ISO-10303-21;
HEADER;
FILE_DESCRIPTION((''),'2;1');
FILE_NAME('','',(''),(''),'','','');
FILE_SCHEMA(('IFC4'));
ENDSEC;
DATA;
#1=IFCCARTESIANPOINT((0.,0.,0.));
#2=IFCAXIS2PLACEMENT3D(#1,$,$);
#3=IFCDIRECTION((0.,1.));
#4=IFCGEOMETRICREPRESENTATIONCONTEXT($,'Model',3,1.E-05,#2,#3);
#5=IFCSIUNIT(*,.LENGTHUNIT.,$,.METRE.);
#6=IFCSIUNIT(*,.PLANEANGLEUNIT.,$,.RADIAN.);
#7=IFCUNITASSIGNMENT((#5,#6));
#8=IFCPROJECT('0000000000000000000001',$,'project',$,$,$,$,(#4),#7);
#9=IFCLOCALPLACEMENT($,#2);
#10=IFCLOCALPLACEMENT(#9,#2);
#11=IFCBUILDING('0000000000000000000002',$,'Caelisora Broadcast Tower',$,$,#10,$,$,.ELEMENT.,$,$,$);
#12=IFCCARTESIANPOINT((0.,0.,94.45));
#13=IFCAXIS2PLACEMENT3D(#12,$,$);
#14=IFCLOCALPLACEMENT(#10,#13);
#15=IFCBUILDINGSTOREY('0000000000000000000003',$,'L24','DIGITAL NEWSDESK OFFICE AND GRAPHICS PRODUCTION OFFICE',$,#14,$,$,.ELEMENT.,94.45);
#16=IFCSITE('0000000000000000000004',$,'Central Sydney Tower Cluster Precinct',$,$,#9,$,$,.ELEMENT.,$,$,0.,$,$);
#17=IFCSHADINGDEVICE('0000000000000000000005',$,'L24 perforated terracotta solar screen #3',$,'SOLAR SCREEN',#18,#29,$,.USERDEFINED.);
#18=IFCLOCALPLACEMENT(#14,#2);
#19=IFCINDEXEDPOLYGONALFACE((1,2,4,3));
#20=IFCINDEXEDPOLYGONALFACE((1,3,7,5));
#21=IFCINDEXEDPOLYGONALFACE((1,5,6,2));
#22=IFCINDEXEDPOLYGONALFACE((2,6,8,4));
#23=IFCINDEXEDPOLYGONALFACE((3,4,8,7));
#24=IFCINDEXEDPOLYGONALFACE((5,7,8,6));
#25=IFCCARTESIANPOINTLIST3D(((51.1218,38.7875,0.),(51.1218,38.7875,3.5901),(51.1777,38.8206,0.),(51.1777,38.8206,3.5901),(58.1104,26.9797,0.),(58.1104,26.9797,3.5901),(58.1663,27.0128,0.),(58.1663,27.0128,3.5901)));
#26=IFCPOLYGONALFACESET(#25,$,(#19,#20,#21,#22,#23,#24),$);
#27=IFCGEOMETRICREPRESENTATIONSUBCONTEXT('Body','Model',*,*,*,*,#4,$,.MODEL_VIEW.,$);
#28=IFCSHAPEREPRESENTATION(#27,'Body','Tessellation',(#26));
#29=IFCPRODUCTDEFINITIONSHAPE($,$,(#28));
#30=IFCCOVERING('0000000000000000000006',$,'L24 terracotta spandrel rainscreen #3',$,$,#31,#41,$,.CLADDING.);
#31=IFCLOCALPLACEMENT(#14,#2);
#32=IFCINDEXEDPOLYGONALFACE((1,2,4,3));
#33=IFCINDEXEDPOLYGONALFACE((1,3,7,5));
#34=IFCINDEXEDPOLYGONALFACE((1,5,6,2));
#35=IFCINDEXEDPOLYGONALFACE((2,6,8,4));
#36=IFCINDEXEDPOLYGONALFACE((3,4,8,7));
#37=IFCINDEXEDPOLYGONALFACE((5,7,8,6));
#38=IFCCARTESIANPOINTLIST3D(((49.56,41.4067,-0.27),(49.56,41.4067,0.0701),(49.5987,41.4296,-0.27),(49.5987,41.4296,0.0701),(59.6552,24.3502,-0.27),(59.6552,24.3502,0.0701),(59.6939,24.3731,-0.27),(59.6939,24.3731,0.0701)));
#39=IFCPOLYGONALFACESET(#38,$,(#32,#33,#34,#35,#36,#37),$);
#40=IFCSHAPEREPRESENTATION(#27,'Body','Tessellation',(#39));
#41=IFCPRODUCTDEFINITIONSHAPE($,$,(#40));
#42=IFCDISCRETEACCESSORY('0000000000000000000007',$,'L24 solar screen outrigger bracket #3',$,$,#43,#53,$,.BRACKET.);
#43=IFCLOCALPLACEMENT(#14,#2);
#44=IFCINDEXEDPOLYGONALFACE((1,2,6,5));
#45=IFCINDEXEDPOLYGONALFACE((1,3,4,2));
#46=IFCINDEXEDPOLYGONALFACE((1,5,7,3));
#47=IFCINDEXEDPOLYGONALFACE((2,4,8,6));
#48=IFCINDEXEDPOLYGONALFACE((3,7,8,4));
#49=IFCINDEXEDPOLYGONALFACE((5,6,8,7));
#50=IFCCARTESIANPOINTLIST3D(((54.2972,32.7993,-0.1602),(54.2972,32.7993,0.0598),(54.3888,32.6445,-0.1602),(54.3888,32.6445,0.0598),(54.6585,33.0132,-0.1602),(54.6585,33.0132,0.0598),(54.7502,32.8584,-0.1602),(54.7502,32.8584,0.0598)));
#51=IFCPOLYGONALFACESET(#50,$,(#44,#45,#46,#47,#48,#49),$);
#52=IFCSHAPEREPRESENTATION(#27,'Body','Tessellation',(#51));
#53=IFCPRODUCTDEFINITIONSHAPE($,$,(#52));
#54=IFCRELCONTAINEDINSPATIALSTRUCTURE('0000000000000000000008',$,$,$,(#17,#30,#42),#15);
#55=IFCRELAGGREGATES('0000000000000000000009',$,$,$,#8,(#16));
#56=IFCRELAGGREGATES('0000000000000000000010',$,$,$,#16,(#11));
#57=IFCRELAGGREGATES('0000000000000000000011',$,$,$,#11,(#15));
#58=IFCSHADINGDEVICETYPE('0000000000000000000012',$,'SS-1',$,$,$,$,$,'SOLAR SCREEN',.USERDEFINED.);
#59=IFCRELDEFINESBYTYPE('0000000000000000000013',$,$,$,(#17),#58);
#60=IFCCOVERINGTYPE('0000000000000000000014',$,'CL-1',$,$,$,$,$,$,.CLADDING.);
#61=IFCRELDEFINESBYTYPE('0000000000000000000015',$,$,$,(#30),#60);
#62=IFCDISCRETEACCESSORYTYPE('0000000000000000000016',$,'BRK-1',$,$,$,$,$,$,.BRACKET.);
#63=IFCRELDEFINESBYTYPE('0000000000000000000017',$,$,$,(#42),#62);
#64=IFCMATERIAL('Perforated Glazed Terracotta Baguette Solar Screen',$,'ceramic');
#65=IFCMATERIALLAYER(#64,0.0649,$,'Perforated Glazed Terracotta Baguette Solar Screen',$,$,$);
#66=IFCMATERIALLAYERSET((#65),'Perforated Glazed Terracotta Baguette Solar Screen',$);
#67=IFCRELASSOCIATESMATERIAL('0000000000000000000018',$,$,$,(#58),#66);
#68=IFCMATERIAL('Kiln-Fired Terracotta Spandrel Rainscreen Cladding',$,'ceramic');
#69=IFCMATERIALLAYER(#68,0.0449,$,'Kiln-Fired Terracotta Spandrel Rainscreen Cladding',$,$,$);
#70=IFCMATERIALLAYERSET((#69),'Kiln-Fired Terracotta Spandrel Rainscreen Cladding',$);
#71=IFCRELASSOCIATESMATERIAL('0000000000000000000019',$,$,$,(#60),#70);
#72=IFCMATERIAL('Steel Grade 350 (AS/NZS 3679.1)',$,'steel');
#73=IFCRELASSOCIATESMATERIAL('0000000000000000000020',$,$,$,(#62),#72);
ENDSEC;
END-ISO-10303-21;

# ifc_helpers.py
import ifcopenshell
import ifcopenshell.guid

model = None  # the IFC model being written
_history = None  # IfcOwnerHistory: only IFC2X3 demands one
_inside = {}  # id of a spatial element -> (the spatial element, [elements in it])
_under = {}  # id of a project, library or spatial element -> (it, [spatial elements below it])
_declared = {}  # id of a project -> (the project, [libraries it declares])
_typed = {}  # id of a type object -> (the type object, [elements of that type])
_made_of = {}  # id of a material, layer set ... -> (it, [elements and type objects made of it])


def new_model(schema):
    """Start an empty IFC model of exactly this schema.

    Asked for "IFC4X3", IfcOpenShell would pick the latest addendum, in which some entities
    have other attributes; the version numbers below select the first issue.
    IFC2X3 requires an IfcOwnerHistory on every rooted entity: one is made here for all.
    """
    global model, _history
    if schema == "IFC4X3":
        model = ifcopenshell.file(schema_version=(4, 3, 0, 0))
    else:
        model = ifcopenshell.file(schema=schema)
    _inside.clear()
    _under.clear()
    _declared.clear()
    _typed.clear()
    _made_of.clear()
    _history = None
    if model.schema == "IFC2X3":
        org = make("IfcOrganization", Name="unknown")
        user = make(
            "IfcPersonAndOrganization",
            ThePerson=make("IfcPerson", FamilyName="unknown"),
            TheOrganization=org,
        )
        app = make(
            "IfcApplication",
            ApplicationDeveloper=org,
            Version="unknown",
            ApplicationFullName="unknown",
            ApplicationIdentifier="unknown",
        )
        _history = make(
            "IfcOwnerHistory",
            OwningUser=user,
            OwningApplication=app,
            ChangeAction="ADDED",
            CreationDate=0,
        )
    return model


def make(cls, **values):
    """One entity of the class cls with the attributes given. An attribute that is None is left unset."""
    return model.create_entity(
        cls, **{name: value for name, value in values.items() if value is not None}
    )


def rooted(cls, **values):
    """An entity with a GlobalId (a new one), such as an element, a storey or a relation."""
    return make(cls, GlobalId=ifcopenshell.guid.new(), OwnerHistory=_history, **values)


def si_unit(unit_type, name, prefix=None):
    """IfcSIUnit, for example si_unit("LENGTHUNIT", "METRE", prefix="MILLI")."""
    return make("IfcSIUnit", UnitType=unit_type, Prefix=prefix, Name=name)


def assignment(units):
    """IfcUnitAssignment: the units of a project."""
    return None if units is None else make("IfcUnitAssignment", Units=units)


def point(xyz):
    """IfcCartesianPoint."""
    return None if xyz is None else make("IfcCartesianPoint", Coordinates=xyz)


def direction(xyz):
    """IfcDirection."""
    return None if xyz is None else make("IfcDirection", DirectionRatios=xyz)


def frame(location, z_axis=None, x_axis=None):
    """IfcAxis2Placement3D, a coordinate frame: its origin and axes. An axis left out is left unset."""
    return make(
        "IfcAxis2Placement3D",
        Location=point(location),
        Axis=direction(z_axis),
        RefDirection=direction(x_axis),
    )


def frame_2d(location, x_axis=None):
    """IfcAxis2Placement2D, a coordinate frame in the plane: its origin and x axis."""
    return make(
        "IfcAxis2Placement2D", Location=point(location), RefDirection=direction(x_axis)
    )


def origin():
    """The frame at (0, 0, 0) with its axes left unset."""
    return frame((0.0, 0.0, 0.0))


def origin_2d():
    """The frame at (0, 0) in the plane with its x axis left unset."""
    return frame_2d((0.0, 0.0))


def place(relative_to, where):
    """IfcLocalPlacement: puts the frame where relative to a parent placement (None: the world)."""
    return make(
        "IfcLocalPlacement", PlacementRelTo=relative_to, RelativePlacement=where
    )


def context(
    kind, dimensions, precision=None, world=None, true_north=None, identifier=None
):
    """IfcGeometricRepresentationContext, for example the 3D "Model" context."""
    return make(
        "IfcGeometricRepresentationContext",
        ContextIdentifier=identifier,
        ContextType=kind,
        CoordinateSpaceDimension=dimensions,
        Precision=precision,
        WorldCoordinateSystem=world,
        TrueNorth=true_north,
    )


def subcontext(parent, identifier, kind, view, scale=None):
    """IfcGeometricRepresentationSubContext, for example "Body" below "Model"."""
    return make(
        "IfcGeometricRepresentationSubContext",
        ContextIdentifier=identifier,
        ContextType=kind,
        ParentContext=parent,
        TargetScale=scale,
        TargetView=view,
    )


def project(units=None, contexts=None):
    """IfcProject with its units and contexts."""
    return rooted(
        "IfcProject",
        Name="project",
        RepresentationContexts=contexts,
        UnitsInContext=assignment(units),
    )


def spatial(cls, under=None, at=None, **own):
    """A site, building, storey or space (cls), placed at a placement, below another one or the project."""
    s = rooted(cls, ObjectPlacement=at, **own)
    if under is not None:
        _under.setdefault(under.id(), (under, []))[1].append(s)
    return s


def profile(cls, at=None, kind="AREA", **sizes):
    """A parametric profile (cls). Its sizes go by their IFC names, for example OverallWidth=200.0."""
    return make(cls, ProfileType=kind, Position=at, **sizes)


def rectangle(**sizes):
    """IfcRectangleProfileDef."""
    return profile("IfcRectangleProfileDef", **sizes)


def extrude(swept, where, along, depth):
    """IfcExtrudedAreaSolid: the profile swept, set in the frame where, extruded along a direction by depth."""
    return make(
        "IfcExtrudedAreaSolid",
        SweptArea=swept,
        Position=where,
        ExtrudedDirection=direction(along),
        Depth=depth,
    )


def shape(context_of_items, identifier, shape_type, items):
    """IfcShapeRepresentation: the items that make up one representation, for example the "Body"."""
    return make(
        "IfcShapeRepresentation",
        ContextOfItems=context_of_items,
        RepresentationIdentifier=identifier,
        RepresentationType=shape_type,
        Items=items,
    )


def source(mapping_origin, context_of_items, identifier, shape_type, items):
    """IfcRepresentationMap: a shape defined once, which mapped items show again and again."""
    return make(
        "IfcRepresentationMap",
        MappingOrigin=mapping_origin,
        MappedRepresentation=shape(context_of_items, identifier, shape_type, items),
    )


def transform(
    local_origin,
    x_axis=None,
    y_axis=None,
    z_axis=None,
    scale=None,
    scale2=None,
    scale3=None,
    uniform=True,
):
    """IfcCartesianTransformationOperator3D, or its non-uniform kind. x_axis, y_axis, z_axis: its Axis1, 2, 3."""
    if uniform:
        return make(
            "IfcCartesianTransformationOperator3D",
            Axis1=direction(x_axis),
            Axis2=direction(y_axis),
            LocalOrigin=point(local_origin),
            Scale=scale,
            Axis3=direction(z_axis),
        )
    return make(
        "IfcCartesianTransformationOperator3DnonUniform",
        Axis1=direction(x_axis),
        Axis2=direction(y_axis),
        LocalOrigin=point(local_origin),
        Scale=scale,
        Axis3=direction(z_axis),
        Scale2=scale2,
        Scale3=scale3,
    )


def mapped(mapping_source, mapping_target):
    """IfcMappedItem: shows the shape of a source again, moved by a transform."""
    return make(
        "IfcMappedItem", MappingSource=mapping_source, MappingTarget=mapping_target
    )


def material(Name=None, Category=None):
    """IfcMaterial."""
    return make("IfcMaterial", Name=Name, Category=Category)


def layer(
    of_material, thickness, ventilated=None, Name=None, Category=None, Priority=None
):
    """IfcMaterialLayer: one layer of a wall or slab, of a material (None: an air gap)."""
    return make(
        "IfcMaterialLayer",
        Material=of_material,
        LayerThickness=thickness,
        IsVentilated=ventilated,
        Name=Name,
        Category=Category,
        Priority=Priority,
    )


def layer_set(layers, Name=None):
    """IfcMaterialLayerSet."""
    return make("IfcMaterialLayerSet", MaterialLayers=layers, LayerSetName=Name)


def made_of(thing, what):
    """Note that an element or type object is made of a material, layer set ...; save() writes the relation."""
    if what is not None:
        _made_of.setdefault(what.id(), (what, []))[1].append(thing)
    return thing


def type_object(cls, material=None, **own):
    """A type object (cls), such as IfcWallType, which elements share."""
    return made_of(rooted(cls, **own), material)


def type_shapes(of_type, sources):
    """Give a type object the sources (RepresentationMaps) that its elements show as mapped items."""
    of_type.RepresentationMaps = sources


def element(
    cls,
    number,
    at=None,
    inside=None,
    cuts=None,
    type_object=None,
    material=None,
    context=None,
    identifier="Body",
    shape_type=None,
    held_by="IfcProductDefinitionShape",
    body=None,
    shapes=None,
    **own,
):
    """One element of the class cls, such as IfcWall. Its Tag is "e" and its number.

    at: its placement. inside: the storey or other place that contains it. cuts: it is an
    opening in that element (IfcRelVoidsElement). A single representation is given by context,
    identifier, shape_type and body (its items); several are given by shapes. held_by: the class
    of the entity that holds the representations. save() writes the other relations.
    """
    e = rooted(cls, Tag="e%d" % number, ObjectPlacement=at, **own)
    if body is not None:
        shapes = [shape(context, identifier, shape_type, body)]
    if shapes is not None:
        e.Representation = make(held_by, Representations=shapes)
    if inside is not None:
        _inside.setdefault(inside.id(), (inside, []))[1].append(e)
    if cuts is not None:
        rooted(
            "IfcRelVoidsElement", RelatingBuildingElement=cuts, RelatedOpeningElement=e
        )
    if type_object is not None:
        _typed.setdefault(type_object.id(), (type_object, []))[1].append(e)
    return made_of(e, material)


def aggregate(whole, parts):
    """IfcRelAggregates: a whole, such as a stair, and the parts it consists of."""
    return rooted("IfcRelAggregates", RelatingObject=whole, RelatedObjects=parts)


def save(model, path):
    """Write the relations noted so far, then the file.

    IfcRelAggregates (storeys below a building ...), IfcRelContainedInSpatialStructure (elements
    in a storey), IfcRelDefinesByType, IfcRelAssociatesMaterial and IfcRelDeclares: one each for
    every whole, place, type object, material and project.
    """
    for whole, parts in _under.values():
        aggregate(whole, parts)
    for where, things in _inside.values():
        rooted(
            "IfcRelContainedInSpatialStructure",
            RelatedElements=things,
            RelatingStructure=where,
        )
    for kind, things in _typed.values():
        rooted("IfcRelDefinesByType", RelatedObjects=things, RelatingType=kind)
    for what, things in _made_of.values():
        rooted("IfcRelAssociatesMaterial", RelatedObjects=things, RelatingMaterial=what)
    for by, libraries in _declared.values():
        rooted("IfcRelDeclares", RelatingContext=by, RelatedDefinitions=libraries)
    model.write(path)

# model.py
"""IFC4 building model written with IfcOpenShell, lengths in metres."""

from ifc_helpers import new_model, si_unit, direction, frame, origin, origin_2d, place, context, subcontext, project, spatial, rectangle, extrude, source, transform, mapped, material, layer, layer_set, type_object, type_shapes, element, save


model = new_model("IFC4")

# Units and contexts
model_context = context("Model", 3, precision=1e-05, world=origin(), true_north=direction((0.0, 1.0)))
body_context = subcontext(model_context, "Body", "Model", "MODEL_VIEW")
ifc_project = project(units=[si_unit("LENGTHUNIT", "METRE"), si_unit("PLANEANGLEUNIT", "RADIAN")], contexts=[model_context])

# Site, building, storey
site_placement = place(None, origin())
site = spatial("IfcSite", under=ifc_project, at=site_placement, Name="Central Sydney Tower Cluster Precinct", CompositionType="ELEMENT", RefElevation=0.0)
building_placement = place(site_placement, origin())
building = spatial("IfcBuilding", under=site, at=building_placement, Name="Caelisora Broadcast Tower", CompositionType="ELEMENT")
storey_placement = place(building_placement, frame((0.0, 0.0, 94.45)))
storey = spatial("IfcBuildingStorey", under=building, at=storey_placement, Name="L24", Description="DIGITAL NEWSDESK OFFICE AND GRAPHICS PRODUCTION OFFICE", CompositionType="ELEMENT", Elevation=94.45)

# Shared definitions
ifc_material_1 = material(Name="Steel Grade 350 (AS/NZS 3679.1)", Category="steel")

# Shading device
ifc_material_2 = material(Name="Perforated Glazed Terracotta Baguette Solar Screen", Category="ceramic")
ifc_layer_1 = layer(ifc_material_2, 0.0649, Name="Perforated Glazed Terracotta Baguette Solar Screen")
ifc_layer_set_1 = layer_set([ifc_layer_1], Name="Perforated Glazed Terracotta Baguette Solar Screen")
shading_device_type = type_object("IfcShadingDeviceType", Name="SS-1", ElementType="SOLAR SCREEN", PredefinedType="USERDEFINED", material=ifc_layer_set_1)
shared_shape_1 = source(origin(), body_context, "Body", "SweptSolid", [
    extrude(rectangle(XDim=13.7209, YDim=0.0649, at=origin_2d()), origin(), (0.0, 0.0, 1.0), 3.5901),
])
type_shapes(shading_device_type, [shared_shape_1])
shading_device_placement = place(storey_placement, frame((54.644, 32.9001, 0.0), z_axis=(0.0, 0.0, 1.0), x_axis=(-0.509342, 0.860564, 0.0)))
element("IfcShadingDevice", 1, at=shading_device_placement, inside=storey, type_object=shading_device_type, Name="L24 perforated terracotta solar screen #3", ObjectType="SOLAR SCREEN", PredefinedType="USERDEFINED", context=body_context, shape_type="MappedRepresentation", body=[
    mapped(shared_shape_1, transform((0.0, 0.0, 0.0), scale=1.0)),
])

# Covering
ifc_material_3 = material(Name="Kiln-Fired Terracotta Spandrel Rainscreen Cladding", Category="ceramic")
ifc_layer_2 = layer(ifc_material_3, 0.0449, Name="Kiln-Fired Terracotta Spandrel Rainscreen Cladding")
ifc_layer_set_2 = layer_set([ifc_layer_2], Name="Kiln-Fired Terracotta Spandrel Rainscreen Cladding")
covering_type = type_object("IfcCoveringType", Name="CL-1", PredefinedType="CLADDING", material=ifc_layer_set_2)
shared_shape_2 = source(origin(), body_context, "Body", "SweptSolid", [
    extrude(rectangle(XDim=19.8201, YDim=0.0449, at=origin_2d()), origin(), (0.0, 0.0, 1.0), 0.3401),
])
type_shapes(covering_type, [shared_shape_2])
covering_placement = place(storey_placement, frame((54.627, 32.8899, -0.27), z_axis=(0.0, 0.0, 1.0), x_axis=(-0.509342, 0.860564, 0.0)))
element("IfcCovering", 2, at=covering_placement, inside=storey, type_object=covering_type, Name="L24 terracotta spandrel rainscreen #3", PredefinedType="CLADDING", context=body_context, shape_type="MappedRepresentation", body=[
    mapped(shared_shape_2, transform((0.0, 0.0, 0.0), scale=1.0)),
])

# Discrete accessory
discrete_accessory_type = type_object("IfcDiscreteAccessoryType", Name="BRK-1", PredefinedType="BRACKET", material=ifc_material_1)
shared_shape_3 = source(origin(), body_context, "Body", "SweptSolid", [
    extrude(rectangle(XDim=0.1799, YDim=0.4199, at=origin_2d()), origin(), (0.0, 0.0, 1.0), 0.22),
])
type_shapes(discrete_accessory_type, [shared_shape_3])
discrete_accessory_placement = place(storey_placement, frame((54.5237, 32.8289, -0.1602), z_axis=(0.0, 0.0, 1.0), x_axis=(-0.509342, 0.860564, 0.0)))
element("IfcDiscreteAccessory", 3, at=discrete_accessory_placement, inside=storey, type_object=discrete_accessory_type, Name="L24 solar screen outrigger bracket #3", PredefinedType="BRACKET", context=body_context, shape_type="MappedRepresentation", body=[
    mapped(shared_shape_3, transform((0.0, 0.0, 0.0), scale=1.0)),
])

save(model, "model.ifc")
